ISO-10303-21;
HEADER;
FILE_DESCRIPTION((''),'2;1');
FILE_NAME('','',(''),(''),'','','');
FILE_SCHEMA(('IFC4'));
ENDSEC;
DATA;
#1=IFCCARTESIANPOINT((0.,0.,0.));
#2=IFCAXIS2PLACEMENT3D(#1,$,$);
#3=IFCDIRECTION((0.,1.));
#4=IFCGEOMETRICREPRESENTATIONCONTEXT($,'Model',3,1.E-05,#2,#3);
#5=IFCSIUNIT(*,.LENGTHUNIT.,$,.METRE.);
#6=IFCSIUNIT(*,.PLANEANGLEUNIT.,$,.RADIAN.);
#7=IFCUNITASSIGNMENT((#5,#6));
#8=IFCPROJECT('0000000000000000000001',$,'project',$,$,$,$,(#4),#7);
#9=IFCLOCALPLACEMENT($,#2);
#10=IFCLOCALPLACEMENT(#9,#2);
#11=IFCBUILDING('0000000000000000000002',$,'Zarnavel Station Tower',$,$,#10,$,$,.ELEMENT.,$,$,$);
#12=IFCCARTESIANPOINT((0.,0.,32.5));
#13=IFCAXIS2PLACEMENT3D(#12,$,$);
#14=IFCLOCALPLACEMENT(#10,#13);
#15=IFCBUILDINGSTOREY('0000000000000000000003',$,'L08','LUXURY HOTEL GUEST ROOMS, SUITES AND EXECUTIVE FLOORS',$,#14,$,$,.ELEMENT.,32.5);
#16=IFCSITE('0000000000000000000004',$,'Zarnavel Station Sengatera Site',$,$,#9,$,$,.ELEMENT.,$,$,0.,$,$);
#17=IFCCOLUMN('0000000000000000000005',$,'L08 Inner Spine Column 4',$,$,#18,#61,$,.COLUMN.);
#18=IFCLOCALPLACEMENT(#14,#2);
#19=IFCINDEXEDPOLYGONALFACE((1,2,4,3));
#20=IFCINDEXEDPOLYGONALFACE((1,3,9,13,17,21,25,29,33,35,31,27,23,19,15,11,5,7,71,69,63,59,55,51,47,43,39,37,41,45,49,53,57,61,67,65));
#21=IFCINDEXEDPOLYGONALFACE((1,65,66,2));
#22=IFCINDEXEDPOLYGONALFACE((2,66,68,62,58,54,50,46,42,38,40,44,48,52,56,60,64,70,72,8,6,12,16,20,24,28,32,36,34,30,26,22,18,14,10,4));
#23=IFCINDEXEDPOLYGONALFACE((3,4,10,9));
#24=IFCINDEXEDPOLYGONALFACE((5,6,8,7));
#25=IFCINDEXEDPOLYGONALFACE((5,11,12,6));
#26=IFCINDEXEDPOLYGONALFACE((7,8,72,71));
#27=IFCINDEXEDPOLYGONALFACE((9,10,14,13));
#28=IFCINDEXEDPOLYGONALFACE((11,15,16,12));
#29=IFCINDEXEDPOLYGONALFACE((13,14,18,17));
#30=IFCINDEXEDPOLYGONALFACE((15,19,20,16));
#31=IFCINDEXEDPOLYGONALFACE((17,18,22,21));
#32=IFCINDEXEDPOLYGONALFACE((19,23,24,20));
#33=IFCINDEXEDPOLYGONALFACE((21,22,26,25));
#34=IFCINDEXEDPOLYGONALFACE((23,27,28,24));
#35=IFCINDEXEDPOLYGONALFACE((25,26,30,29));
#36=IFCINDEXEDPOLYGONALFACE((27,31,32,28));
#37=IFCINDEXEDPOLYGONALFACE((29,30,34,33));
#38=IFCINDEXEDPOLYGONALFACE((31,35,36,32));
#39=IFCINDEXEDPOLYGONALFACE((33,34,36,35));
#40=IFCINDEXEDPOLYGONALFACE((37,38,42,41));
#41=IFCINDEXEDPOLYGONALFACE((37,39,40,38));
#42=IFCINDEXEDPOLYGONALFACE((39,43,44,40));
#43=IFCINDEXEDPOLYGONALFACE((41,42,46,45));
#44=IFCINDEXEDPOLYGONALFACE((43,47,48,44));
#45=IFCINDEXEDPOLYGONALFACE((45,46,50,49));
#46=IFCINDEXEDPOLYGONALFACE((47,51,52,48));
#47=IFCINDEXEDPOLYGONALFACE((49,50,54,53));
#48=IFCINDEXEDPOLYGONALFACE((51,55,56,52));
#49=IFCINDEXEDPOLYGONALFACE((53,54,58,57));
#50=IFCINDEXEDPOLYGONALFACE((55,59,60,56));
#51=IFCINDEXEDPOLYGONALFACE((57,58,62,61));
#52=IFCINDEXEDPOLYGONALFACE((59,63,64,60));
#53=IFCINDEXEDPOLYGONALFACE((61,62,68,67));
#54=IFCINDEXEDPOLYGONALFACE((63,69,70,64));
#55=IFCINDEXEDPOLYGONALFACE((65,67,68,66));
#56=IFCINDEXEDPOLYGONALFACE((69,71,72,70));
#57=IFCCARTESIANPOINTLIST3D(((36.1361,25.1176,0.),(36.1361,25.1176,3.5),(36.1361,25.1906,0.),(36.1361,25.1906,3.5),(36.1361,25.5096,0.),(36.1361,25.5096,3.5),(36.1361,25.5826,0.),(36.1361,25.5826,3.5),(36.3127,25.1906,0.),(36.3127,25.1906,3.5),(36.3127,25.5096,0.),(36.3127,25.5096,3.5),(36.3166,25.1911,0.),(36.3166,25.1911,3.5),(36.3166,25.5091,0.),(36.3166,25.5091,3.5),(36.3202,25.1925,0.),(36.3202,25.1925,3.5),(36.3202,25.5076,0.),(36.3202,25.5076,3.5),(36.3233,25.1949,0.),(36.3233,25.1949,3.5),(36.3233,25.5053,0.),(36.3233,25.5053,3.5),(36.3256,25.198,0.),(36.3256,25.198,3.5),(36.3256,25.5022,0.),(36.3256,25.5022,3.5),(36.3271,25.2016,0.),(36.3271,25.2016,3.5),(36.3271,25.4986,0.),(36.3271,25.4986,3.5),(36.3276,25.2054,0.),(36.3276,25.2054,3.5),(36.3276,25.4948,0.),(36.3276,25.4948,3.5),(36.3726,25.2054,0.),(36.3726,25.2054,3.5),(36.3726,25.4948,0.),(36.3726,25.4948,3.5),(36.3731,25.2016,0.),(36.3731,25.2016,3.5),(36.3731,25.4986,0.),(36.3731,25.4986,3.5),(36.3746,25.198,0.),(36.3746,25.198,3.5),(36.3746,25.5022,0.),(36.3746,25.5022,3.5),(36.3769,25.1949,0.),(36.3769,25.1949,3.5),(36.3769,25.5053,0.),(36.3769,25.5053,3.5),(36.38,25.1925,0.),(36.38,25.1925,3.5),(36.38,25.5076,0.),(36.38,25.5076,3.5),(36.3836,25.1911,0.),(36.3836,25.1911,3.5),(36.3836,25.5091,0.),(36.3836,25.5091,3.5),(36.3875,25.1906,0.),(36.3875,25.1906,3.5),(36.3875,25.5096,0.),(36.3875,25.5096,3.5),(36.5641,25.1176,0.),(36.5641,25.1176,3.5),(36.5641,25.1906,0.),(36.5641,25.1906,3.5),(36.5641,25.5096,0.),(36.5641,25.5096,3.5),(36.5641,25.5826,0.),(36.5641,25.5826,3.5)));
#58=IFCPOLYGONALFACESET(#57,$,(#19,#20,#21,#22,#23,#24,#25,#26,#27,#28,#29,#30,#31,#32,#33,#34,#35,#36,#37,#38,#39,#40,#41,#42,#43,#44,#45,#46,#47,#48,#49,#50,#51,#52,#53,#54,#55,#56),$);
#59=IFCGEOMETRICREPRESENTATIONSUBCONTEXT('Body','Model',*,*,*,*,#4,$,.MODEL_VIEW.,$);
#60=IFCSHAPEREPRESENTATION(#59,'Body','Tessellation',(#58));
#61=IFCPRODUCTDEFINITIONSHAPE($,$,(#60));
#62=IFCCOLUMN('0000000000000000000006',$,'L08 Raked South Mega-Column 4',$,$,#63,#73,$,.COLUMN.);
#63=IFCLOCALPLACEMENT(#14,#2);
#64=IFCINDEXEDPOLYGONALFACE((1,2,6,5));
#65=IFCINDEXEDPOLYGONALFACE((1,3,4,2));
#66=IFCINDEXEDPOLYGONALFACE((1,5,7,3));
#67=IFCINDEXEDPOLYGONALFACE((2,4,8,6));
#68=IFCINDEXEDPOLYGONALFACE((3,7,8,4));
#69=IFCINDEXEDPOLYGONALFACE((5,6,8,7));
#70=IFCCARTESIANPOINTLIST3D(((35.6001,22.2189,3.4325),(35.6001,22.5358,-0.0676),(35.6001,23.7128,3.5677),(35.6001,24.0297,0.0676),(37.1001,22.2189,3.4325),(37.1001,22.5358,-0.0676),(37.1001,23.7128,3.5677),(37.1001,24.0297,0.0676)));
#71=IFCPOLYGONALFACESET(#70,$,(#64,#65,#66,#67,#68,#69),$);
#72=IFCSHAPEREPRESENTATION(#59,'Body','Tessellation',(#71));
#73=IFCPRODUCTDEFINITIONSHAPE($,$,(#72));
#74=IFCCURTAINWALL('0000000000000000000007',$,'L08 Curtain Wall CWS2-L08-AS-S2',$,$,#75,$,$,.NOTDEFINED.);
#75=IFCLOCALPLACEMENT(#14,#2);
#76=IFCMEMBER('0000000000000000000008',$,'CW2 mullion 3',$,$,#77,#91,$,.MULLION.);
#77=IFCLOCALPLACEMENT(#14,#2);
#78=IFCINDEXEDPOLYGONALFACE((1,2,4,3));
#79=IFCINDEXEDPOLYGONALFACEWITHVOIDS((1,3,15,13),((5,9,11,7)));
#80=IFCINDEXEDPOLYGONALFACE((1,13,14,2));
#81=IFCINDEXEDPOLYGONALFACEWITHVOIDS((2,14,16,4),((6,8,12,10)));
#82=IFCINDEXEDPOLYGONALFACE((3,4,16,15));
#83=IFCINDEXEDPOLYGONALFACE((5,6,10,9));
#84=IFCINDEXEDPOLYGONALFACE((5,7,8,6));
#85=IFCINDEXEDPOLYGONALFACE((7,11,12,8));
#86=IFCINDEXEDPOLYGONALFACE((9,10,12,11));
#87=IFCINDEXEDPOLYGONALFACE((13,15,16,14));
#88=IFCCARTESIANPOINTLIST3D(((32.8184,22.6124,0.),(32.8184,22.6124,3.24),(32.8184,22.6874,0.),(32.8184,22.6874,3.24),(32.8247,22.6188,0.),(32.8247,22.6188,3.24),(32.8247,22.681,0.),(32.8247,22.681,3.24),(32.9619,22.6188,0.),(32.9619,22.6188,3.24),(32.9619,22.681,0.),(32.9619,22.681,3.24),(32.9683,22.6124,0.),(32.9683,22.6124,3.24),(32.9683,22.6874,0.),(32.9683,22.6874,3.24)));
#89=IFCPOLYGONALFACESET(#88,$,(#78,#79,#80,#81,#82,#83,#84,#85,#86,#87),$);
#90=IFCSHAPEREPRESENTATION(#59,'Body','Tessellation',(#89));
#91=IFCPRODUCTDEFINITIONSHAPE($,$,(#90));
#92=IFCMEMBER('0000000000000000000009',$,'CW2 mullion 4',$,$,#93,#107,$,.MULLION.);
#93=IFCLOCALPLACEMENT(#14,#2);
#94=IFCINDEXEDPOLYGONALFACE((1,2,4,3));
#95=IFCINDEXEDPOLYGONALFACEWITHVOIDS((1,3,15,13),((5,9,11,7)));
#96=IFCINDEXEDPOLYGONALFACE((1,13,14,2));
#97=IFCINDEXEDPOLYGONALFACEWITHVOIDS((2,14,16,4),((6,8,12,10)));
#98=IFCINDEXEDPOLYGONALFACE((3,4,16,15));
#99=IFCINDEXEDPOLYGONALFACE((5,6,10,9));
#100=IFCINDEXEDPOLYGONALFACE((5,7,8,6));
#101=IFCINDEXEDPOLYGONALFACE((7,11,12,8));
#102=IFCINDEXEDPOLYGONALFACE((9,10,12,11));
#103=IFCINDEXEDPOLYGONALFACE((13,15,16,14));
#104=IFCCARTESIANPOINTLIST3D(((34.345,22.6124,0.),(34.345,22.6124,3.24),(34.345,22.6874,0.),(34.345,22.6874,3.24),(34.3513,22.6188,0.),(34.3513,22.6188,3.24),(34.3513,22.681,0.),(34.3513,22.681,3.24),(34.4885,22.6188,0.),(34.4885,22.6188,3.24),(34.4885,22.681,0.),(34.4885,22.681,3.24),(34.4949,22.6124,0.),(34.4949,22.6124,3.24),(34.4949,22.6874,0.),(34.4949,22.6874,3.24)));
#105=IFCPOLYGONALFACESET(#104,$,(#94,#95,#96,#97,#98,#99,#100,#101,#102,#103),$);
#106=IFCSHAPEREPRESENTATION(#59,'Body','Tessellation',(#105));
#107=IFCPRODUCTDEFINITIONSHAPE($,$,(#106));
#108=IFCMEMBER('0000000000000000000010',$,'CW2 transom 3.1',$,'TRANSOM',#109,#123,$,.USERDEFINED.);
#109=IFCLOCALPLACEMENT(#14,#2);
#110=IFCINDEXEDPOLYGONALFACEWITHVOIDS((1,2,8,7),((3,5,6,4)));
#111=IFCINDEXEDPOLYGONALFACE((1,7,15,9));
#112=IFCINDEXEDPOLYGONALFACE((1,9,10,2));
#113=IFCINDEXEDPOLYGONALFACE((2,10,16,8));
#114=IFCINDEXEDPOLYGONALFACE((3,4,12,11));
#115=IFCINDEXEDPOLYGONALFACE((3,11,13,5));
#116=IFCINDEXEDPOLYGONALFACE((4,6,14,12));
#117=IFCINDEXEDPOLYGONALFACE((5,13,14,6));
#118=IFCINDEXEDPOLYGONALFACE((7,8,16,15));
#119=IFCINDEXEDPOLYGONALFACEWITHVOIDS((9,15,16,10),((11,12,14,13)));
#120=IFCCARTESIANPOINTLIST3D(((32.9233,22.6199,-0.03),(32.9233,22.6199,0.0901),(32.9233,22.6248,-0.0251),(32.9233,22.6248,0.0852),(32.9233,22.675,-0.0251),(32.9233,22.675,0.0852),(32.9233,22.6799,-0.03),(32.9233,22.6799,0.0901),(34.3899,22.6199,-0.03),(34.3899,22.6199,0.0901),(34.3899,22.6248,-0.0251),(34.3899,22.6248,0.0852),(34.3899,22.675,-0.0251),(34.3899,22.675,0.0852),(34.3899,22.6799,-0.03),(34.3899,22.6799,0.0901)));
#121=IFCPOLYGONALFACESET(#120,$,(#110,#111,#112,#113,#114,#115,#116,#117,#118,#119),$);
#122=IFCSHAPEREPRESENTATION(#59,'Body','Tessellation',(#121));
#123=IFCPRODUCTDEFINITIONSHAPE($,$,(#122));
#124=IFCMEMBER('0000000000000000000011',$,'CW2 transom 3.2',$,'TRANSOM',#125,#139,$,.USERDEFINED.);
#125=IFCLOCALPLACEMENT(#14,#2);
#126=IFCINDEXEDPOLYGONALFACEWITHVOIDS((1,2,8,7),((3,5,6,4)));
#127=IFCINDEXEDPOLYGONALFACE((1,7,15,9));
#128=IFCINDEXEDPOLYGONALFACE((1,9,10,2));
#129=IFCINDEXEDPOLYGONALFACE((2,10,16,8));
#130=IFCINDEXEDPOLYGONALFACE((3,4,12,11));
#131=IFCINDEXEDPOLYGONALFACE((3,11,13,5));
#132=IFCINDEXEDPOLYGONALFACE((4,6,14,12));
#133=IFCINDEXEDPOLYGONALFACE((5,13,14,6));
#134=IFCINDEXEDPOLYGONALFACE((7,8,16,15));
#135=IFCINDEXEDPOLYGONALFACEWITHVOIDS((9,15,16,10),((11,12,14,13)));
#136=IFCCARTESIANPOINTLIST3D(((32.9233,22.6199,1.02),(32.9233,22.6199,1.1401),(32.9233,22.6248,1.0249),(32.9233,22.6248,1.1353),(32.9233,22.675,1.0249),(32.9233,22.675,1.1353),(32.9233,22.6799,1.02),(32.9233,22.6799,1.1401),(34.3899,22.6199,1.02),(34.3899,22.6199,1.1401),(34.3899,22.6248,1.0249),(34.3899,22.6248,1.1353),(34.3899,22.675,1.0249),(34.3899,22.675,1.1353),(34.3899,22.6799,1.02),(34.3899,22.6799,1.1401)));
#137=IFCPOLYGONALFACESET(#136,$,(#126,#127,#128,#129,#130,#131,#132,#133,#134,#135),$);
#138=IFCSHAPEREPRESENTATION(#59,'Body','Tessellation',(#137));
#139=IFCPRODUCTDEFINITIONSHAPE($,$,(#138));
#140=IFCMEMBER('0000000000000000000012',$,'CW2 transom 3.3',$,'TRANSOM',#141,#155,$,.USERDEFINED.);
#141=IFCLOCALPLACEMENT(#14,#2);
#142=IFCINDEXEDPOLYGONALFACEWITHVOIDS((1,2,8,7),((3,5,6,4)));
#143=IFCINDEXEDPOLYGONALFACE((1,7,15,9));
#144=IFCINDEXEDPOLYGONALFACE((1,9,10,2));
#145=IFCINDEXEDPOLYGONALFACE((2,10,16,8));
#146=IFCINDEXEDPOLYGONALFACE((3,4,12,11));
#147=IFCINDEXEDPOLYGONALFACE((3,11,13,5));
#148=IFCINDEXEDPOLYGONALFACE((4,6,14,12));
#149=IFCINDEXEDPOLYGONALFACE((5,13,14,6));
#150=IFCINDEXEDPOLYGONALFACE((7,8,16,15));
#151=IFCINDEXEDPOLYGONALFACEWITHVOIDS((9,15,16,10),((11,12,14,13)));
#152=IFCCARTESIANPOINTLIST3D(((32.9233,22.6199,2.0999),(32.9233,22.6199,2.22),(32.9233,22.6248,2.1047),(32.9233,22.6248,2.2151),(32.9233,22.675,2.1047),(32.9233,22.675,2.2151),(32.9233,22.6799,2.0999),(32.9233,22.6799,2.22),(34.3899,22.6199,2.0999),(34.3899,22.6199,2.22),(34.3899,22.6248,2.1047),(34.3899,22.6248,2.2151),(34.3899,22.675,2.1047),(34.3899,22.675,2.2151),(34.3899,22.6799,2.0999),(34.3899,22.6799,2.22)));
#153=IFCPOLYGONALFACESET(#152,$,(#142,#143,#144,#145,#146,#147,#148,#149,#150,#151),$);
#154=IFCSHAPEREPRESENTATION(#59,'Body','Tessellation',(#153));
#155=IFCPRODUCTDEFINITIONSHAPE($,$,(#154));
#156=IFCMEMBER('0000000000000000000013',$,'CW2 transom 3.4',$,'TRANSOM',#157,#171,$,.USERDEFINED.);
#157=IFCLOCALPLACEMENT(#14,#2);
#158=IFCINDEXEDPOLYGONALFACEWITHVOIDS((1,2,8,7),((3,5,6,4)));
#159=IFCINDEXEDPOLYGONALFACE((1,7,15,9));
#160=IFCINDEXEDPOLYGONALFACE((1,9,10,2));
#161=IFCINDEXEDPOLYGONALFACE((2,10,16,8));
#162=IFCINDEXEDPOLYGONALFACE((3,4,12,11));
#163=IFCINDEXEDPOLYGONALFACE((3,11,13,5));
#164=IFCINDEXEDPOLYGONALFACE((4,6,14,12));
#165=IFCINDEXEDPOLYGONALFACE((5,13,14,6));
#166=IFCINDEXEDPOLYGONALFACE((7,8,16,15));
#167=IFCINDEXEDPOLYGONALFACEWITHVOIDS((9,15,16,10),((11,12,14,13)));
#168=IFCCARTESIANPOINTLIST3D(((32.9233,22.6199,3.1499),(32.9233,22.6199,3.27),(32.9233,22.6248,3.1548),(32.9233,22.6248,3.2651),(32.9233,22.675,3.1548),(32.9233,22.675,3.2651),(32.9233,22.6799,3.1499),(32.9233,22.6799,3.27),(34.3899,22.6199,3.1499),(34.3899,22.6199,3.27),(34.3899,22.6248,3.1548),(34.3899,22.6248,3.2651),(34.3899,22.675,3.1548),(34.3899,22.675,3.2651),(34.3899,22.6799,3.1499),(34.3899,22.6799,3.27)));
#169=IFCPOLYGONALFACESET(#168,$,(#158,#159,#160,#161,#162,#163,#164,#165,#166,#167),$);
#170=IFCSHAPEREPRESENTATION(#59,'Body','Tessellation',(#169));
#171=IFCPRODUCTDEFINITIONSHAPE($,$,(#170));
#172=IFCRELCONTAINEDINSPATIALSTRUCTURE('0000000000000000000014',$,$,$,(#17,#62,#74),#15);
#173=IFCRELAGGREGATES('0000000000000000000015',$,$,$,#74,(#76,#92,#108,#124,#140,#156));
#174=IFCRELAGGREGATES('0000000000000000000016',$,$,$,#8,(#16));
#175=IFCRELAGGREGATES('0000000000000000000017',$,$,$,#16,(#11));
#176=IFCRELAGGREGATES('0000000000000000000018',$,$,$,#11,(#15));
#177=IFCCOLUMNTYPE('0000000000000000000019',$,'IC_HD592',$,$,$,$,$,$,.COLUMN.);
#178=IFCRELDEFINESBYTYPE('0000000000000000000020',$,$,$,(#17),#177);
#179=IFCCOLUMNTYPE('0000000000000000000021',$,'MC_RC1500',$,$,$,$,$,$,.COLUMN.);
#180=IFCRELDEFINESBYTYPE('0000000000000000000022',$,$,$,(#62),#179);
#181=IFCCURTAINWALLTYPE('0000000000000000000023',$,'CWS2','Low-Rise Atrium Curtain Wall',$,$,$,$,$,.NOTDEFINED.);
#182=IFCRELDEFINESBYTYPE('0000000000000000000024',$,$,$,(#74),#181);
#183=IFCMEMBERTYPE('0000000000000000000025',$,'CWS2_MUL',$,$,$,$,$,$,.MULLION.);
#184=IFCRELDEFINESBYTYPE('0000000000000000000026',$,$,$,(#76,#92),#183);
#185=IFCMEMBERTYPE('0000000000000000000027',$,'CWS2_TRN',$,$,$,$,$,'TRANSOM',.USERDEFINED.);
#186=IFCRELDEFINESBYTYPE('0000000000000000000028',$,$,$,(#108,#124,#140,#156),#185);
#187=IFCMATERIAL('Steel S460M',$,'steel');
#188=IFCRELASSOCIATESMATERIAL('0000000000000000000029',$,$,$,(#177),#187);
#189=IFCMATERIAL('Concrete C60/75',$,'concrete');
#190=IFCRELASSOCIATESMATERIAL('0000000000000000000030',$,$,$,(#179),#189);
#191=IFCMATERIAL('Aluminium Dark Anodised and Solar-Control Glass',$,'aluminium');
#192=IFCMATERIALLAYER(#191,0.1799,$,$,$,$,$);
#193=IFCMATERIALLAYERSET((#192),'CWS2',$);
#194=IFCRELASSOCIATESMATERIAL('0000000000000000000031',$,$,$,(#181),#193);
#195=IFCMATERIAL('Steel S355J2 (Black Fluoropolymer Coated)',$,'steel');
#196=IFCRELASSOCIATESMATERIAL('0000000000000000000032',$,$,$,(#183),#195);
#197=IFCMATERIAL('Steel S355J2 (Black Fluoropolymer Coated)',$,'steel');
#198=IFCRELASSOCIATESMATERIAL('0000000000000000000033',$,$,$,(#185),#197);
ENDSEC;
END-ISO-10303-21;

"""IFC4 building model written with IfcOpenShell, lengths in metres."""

from ifc_helpers import new_model, si_unit, direction, frame, origin, origin_2d, place, context, subcontext, project, spatial, rectangle, hollow_rectangle, i_section, extrude, material, layer, layer_set, material_profile, profile_set, type_object, element, aggregate, save


model = new_model("IFC4")

# Units and contexts
model_context = context("Model", 3, precision=1e-05, world=origin(), true_north=direction((0.0, 1.0)))
body_context = subcontext(model_context, "Body", "Model", "MODEL_VIEW")
ifc_project = project(units=[si_unit("LENGTHUNIT", "METRE"), si_unit("PLANEANGLEUNIT", "RADIAN")], contexts=[model_context])

# Site, building, storey
site_placement = place(None, origin())
site = spatial("IfcSite", under=ifc_project, at=site_placement, Name="Zarnavel Station Sengatera Site", CompositionType="ELEMENT", RefElevation=0.0)
building_placement = place(site_placement, origin())
building = spatial("IfcBuilding", under=site, at=building_placement, Name="Zarnavel Station Tower", CompositionType="ELEMENT")
storey_placement = place(building_placement, frame((0.0, 0.0, 32.5)))
storey = spatial("IfcBuildingStorey", under=building, at=storey_placement, Name="L08", Description="LUXURY HOTEL GUEST ROOMS, SUITES AND EXECUTIVE FLOORS", CompositionType="ELEMENT", Elevation=32.5)

# Columns
ifc_material_1 = material(Name="Steel S460M", Category="steel")
ifc_material_profile_1 = material_profile(ifc_material_1, i_section(OverallWidth=0.428, OverallDepth=0.4651, WebThickness=0.0449, FlangeThickness=0.073, FilletRadius=0.0149, at=origin_2d()), Name="HD400x592")
ifc_profile_set_1 = profile_set([ifc_material_profile_1], Name="Steel S460M")
column_type_1 = type_object("IfcColumnType", Name="IC_HD592", PredefinedType="COLUMN", material=ifc_profile_set_1)
column_1_placement = place(storey_placement, frame((36.3501, 25.3501, 0.0), z_axis=(0.0, 0.0, 1.0), x_axis=(1.0, 0.0, 0.0)))
element("IfcColumn", 1, at=column_1_placement, inside=storey, type_object=column_type_1, Name="L08 Inner Spine Column 4", PredefinedType="COLUMN", context=body_context, shape_type="SweptSolid", body=[
    extrude(i_section(OverallWidth=0.428, OverallDepth=0.4651, WebThickness=0.0449, FlangeThickness=0.073, FilletRadius=0.0149, at=origin_2d()), origin(), (0.0, 0.0, 1.0), 3.5),
])
ifc_material_2 = material(Name="Concrete C60/75", Category="concrete")
ifc_material_profile_2 = material_profile(ifc_material_2, rectangle(XDim=1.5, YDim=1.5, at=origin_2d()), Name="RC1500x1500")
ifc_profile_set_2 = profile_set([ifc_material_profile_2], Name="Concrete C60/75")
column_type_2 = type_object("IfcColumnType", Name="MC_RC1500", PredefinedType="COLUMN", material=ifc_profile_set_2)
column_2_placement = place(storey_placement, frame((36.3501, 23.2827, 0.0), z_axis=(0.0, -0.090172, 0.995926), x_axis=(1.0, 0.0, 0.0)))
element("IfcColumn", 2, at=column_2_placement, inside=storey, type_object=column_type_2, Name="L08 Raked South Mega-Column 4", PredefinedType="COLUMN", context=body_context, shape_type="SweptSolid", body=[
    extrude(rectangle(XDim=1.5, YDim=1.5, at=origin_2d()), origin(), (0.0, 0.0, 1.0), 3.5144),
])

# Curtain wall, members
ifc_material_3 = material(Name="Aluminium Dark Anodised and Solar-Control Glass", Category="aluminium")
ifc_layer_1 = layer(ifc_material_3, 0.1799)
ifc_layer_set_1 = layer_set([ifc_layer_1], Name="CWS2")
curtain_wall_type = type_object("IfcCurtainWallType", Name="CWS2", Description="Low-Rise Atrium Curtain Wall", PredefinedType="NOTDEFINED", material=ifc_layer_set_1)
curtain_wall_placement = place(storey_placement, origin())
curtain_wall = element("IfcCurtainWall", 3, at=curtain_wall_placement, inside=storey, type_object=curtain_wall_type, Name="L08 Curtain Wall CWS2-L08-AS-S2", PredefinedType="NOTDEFINED")
ifc_material_4 = material(Name="Steel S355J2 (Black Fluoropolymer Coated)", Category="steel")
ifc_material_profile_3 = material_profile(ifc_material_4, hollow_rectangle(XDim=0.075, YDim=0.1499, WallThickness=0.0063, at=origin_2d()), Name="RHS150x75x6.3")
ifc_profile_set_3 = profile_set([ifc_material_profile_3], Name="Steel S355J2 (Black Fluoropolymer Coated)")
member_type_1 = type_object("IfcMemberType", Name="CWS2_MUL", PredefinedType="MULLION", material=ifc_profile_set_3)
member_1_placement = place(storey_placement, frame((32.8933, 22.6499, 0.0), z_axis=(0.0, 0.0, 1.0), x_axis=(0.0, 1.0, 0.0)))
member_1 = element("IfcMember", 4, at=member_1_placement, type_object=member_type_1, Name="CW2 mullion 3", PredefinedType="MULLION", context=body_context, shape_type="SweptSolid", body=[
    extrude(hollow_rectangle(XDim=0.075, YDim=0.1499, WallThickness=0.0063, at=origin_2d()), origin(), (0.0, 0.0, 1.0), 3.24),
])
member_2_placement = place(storey_placement, frame((34.4199, 22.6499, 0.0), z_axis=(0.0, 0.0, 1.0), x_axis=(0.0, 1.0, 0.0)))
member_2 = element("IfcMember", 5, at=member_2_placement, type_object=member_type_1, Name="CW2 mullion 4", PredefinedType="MULLION", context=body_context, shape_type="SweptSolid", body=[
    extrude(hollow_rectangle(XDim=0.075, YDim=0.1499, WallThickness=0.0063, at=origin_2d()), origin(), (0.0, 0.0, 1.0), 3.24),
])
ifc_material_5 = material(Name="Steel S355J2 (Black Fluoropolymer Coated)", Category="steel")
ifc_material_profile_4 = material_profile(ifc_material_5, hollow_rectangle(XDim=0.0601, YDim=0.1201, WallThickness=0.0049, at=origin_2d()), Name="RHS120x60x5")
ifc_profile_set_4 = profile_set([ifc_material_profile_4], Name="Steel S355J2 (Black Fluoropolymer Coated)")
member_type_2 = type_object("IfcMemberType", Name="CWS2_TRN", ElementType="TRANSOM", PredefinedType="USERDEFINED", material=ifc_profile_set_4)
member_3_placement = place(storey_placement, frame((32.9233, 22.6499, 0.03), z_axis=(1.0, 0.0, 0.0), x_axis=(0.0, 1.0, 0.0)))
member_3 = element("IfcMember", 6, at=member_3_placement, type_object=member_type_2, Name="CW2 transom 3.1", ObjectType="TRANSOM", PredefinedType="USERDEFINED", context=body_context, shape_type="SweptSolid", body=[
    extrude(hollow_rectangle(XDim=0.0601, YDim=0.1201, WallThickness=0.0049, at=origin_2d()), origin(), (0.0, 0.0, 1.0), 1.4666),
])
member_4_placement = place(storey_placement, frame((32.9233, 22.6499, 1.0801), z_axis=(1.0, 0.0, 0.0), x_axis=(0.0, 1.0, 0.0)))
member_4 = element("IfcMember", 7, at=member_4_placement, type_object=member_type_2, Name="CW2 transom 3.2", ObjectType="TRANSOM", PredefinedType="USERDEFINED", context=body_context, shape_type="SweptSolid", body=[
    extrude(hollow_rectangle(XDim=0.0601, YDim=0.1201, WallThickness=0.0049, at=origin_2d()), origin(), (0.0, 0.0, 1.0), 1.4666),
])
member_5_placement = place(storey_placement, frame((32.9233, 22.6499, 2.1599), z_axis=(1.0, 0.0, 0.0), x_axis=(0.0, 1.0, 0.0)))
member_5 = element("IfcMember", 8, at=member_5_placement, type_object=member_type_2, Name="CW2 transom 3.3", ObjectType="TRANSOM", PredefinedType="USERDEFINED", context=body_context, shape_type="SweptSolid", body=[
    extrude(hollow_rectangle(XDim=0.0601, YDim=0.1201, WallThickness=0.0049, at=origin_2d()), origin(), (0.0, 0.0, 1.0), 1.4666),
])
member_6_placement = place(storey_placement, frame((32.9233, 22.6499, 3.21), z_axis=(1.0, 0.0, 0.0), x_axis=(0.0, 1.0, 0.0)))
member_6 = element("IfcMember", 9, at=member_6_placement, type_object=member_type_2, Name="CW2 transom 3.4", ObjectType="TRANSOM", PredefinedType="USERDEFINED", context=body_context, shape_type="SweptSolid", body=[
    extrude(hollow_rectangle(XDim=0.0601, YDim=0.1201, WallThickness=0.0049, at=origin_2d()), origin(), (0.0, 0.0, 1.0), 1.4666),
])

aggregate(curtain_wall, [member_1, member_2, member_3, member_4, member_5, member_6])

save(model, "model.ifc")
